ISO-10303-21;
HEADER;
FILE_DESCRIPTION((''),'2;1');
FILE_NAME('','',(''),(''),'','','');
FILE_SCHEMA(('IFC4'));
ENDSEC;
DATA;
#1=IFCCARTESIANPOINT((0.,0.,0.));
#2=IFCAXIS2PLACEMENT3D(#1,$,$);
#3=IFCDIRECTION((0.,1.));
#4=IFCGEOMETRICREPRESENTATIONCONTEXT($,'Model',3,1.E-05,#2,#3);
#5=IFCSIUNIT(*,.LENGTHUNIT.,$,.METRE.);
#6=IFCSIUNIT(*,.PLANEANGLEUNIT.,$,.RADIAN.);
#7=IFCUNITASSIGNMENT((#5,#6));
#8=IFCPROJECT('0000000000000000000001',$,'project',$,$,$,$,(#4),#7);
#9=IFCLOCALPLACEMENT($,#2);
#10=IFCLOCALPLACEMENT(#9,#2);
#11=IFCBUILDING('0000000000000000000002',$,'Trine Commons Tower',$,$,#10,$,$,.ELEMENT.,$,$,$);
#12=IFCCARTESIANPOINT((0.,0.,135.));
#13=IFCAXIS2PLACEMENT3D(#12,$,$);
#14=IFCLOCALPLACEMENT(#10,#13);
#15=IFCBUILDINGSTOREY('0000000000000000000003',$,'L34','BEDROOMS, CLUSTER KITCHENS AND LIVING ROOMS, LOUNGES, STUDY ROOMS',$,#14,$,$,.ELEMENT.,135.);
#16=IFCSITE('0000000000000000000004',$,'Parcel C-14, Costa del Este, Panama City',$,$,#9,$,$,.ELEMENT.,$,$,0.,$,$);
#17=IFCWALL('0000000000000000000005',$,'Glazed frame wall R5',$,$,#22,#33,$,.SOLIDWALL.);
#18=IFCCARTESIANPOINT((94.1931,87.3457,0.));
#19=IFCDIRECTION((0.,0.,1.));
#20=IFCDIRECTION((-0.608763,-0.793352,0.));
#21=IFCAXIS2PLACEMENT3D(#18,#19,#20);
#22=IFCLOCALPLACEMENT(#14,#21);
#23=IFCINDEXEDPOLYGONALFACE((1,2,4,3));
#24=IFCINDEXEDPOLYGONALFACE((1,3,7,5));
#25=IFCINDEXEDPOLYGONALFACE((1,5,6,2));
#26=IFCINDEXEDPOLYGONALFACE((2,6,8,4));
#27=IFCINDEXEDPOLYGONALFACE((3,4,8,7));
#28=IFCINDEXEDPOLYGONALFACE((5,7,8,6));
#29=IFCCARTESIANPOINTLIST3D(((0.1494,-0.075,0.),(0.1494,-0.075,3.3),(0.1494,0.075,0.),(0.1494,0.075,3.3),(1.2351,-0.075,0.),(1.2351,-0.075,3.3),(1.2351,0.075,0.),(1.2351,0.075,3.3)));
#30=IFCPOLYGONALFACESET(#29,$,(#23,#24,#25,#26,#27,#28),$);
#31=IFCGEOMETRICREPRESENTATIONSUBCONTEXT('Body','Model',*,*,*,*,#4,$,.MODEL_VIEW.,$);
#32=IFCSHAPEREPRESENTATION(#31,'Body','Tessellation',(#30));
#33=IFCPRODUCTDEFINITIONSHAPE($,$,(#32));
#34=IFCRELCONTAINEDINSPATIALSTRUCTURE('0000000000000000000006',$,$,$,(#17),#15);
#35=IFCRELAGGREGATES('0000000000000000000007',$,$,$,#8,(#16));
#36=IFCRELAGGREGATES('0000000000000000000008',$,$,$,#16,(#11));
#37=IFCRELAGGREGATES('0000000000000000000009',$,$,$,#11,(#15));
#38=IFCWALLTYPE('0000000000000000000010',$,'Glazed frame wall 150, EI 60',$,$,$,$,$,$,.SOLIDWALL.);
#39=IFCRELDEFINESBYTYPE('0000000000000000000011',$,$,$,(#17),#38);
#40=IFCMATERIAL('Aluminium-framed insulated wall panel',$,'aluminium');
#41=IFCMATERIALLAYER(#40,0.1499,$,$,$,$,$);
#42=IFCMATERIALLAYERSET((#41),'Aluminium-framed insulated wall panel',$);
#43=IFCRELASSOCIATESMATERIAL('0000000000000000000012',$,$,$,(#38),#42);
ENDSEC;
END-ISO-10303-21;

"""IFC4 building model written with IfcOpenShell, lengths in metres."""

from ifc_helpers import new_model, si_unit, direction, frame, origin, place, context, subcontext, project, spatial, polyline, outline, extrude, material, layer, layer_set, type_object, element, save


model = new_model("IFC4")

# Units and contexts
model_context = context("Model", 3, precision=1e-05, world=origin(), true_north=direction((0.0, 1.0)))
body_context = subcontext(model_context, "Body", "Model", "MODEL_VIEW")
ifc_project = project(units=[si_unit("LENGTHUNIT", "METRE"), si_unit("PLANEANGLEUNIT", "RADIAN")], contexts=[model_context])

# Site, building, storey
site_placement = place(None, origin())
site = spatial("IfcSite", under=ifc_project, at=site_placement, Name="Parcel C-14, Costa del Este, Panama City", CompositionType="ELEMENT", RefElevation=0.0)
building_placement = place(site_placement, origin())
building = spatial("IfcBuilding", under=site, at=building_placement, Name="Trine Commons Tower", CompositionType="ELEMENT")
storey_placement = place(building_placement, frame((0.0, 0.0, 135.0)))
storey = spatial("IfcBuildingStorey", under=building, at=storey_placement, Name="L34", Description="BEDROOMS, CLUSTER KITCHENS AND LIVING ROOMS, LOUNGES, STUDY ROOMS", CompositionType="ELEMENT", Elevation=135.0)

# Wall
ifc_material_1 = material(Name="Aluminium-framed insulated wall panel", Category="aluminium")
ifc_layer_1 = layer(ifc_material_1, 0.1499)
ifc_layer_set_1 = layer_set([ifc_layer_1], Name="Aluminium-framed insulated wall panel")
wall_type_1 = type_object("IfcWallType", Name="Glazed frame wall 150, EI 60", PredefinedType="SOLIDWALL", material=ifc_layer_set_1)
wall_1_placement = place(storey_placement, frame((94.1931, 87.3457, 0.0), z_axis=(0.0, 0.0, 1.0), x_axis=(-0.608763, -0.793352, 0.0)))
element("IfcWall", 1, at=wall_1_placement, inside=storey, type_object=wall_type_1, Name="Glazed frame wall R5", PredefinedType="SOLIDWALL", context=body_context, shape_type="SweptSolid", body=[
    extrude(outline(polyline([(0.1494, 0.075), (0.1494, -0.075), (1.2351, -0.075), (1.2351, 0.075), (0.1494, 0.075)])), origin(), (0.0, 0.0, 1.0), 3.3),
])

save(model, "model.ifc")
